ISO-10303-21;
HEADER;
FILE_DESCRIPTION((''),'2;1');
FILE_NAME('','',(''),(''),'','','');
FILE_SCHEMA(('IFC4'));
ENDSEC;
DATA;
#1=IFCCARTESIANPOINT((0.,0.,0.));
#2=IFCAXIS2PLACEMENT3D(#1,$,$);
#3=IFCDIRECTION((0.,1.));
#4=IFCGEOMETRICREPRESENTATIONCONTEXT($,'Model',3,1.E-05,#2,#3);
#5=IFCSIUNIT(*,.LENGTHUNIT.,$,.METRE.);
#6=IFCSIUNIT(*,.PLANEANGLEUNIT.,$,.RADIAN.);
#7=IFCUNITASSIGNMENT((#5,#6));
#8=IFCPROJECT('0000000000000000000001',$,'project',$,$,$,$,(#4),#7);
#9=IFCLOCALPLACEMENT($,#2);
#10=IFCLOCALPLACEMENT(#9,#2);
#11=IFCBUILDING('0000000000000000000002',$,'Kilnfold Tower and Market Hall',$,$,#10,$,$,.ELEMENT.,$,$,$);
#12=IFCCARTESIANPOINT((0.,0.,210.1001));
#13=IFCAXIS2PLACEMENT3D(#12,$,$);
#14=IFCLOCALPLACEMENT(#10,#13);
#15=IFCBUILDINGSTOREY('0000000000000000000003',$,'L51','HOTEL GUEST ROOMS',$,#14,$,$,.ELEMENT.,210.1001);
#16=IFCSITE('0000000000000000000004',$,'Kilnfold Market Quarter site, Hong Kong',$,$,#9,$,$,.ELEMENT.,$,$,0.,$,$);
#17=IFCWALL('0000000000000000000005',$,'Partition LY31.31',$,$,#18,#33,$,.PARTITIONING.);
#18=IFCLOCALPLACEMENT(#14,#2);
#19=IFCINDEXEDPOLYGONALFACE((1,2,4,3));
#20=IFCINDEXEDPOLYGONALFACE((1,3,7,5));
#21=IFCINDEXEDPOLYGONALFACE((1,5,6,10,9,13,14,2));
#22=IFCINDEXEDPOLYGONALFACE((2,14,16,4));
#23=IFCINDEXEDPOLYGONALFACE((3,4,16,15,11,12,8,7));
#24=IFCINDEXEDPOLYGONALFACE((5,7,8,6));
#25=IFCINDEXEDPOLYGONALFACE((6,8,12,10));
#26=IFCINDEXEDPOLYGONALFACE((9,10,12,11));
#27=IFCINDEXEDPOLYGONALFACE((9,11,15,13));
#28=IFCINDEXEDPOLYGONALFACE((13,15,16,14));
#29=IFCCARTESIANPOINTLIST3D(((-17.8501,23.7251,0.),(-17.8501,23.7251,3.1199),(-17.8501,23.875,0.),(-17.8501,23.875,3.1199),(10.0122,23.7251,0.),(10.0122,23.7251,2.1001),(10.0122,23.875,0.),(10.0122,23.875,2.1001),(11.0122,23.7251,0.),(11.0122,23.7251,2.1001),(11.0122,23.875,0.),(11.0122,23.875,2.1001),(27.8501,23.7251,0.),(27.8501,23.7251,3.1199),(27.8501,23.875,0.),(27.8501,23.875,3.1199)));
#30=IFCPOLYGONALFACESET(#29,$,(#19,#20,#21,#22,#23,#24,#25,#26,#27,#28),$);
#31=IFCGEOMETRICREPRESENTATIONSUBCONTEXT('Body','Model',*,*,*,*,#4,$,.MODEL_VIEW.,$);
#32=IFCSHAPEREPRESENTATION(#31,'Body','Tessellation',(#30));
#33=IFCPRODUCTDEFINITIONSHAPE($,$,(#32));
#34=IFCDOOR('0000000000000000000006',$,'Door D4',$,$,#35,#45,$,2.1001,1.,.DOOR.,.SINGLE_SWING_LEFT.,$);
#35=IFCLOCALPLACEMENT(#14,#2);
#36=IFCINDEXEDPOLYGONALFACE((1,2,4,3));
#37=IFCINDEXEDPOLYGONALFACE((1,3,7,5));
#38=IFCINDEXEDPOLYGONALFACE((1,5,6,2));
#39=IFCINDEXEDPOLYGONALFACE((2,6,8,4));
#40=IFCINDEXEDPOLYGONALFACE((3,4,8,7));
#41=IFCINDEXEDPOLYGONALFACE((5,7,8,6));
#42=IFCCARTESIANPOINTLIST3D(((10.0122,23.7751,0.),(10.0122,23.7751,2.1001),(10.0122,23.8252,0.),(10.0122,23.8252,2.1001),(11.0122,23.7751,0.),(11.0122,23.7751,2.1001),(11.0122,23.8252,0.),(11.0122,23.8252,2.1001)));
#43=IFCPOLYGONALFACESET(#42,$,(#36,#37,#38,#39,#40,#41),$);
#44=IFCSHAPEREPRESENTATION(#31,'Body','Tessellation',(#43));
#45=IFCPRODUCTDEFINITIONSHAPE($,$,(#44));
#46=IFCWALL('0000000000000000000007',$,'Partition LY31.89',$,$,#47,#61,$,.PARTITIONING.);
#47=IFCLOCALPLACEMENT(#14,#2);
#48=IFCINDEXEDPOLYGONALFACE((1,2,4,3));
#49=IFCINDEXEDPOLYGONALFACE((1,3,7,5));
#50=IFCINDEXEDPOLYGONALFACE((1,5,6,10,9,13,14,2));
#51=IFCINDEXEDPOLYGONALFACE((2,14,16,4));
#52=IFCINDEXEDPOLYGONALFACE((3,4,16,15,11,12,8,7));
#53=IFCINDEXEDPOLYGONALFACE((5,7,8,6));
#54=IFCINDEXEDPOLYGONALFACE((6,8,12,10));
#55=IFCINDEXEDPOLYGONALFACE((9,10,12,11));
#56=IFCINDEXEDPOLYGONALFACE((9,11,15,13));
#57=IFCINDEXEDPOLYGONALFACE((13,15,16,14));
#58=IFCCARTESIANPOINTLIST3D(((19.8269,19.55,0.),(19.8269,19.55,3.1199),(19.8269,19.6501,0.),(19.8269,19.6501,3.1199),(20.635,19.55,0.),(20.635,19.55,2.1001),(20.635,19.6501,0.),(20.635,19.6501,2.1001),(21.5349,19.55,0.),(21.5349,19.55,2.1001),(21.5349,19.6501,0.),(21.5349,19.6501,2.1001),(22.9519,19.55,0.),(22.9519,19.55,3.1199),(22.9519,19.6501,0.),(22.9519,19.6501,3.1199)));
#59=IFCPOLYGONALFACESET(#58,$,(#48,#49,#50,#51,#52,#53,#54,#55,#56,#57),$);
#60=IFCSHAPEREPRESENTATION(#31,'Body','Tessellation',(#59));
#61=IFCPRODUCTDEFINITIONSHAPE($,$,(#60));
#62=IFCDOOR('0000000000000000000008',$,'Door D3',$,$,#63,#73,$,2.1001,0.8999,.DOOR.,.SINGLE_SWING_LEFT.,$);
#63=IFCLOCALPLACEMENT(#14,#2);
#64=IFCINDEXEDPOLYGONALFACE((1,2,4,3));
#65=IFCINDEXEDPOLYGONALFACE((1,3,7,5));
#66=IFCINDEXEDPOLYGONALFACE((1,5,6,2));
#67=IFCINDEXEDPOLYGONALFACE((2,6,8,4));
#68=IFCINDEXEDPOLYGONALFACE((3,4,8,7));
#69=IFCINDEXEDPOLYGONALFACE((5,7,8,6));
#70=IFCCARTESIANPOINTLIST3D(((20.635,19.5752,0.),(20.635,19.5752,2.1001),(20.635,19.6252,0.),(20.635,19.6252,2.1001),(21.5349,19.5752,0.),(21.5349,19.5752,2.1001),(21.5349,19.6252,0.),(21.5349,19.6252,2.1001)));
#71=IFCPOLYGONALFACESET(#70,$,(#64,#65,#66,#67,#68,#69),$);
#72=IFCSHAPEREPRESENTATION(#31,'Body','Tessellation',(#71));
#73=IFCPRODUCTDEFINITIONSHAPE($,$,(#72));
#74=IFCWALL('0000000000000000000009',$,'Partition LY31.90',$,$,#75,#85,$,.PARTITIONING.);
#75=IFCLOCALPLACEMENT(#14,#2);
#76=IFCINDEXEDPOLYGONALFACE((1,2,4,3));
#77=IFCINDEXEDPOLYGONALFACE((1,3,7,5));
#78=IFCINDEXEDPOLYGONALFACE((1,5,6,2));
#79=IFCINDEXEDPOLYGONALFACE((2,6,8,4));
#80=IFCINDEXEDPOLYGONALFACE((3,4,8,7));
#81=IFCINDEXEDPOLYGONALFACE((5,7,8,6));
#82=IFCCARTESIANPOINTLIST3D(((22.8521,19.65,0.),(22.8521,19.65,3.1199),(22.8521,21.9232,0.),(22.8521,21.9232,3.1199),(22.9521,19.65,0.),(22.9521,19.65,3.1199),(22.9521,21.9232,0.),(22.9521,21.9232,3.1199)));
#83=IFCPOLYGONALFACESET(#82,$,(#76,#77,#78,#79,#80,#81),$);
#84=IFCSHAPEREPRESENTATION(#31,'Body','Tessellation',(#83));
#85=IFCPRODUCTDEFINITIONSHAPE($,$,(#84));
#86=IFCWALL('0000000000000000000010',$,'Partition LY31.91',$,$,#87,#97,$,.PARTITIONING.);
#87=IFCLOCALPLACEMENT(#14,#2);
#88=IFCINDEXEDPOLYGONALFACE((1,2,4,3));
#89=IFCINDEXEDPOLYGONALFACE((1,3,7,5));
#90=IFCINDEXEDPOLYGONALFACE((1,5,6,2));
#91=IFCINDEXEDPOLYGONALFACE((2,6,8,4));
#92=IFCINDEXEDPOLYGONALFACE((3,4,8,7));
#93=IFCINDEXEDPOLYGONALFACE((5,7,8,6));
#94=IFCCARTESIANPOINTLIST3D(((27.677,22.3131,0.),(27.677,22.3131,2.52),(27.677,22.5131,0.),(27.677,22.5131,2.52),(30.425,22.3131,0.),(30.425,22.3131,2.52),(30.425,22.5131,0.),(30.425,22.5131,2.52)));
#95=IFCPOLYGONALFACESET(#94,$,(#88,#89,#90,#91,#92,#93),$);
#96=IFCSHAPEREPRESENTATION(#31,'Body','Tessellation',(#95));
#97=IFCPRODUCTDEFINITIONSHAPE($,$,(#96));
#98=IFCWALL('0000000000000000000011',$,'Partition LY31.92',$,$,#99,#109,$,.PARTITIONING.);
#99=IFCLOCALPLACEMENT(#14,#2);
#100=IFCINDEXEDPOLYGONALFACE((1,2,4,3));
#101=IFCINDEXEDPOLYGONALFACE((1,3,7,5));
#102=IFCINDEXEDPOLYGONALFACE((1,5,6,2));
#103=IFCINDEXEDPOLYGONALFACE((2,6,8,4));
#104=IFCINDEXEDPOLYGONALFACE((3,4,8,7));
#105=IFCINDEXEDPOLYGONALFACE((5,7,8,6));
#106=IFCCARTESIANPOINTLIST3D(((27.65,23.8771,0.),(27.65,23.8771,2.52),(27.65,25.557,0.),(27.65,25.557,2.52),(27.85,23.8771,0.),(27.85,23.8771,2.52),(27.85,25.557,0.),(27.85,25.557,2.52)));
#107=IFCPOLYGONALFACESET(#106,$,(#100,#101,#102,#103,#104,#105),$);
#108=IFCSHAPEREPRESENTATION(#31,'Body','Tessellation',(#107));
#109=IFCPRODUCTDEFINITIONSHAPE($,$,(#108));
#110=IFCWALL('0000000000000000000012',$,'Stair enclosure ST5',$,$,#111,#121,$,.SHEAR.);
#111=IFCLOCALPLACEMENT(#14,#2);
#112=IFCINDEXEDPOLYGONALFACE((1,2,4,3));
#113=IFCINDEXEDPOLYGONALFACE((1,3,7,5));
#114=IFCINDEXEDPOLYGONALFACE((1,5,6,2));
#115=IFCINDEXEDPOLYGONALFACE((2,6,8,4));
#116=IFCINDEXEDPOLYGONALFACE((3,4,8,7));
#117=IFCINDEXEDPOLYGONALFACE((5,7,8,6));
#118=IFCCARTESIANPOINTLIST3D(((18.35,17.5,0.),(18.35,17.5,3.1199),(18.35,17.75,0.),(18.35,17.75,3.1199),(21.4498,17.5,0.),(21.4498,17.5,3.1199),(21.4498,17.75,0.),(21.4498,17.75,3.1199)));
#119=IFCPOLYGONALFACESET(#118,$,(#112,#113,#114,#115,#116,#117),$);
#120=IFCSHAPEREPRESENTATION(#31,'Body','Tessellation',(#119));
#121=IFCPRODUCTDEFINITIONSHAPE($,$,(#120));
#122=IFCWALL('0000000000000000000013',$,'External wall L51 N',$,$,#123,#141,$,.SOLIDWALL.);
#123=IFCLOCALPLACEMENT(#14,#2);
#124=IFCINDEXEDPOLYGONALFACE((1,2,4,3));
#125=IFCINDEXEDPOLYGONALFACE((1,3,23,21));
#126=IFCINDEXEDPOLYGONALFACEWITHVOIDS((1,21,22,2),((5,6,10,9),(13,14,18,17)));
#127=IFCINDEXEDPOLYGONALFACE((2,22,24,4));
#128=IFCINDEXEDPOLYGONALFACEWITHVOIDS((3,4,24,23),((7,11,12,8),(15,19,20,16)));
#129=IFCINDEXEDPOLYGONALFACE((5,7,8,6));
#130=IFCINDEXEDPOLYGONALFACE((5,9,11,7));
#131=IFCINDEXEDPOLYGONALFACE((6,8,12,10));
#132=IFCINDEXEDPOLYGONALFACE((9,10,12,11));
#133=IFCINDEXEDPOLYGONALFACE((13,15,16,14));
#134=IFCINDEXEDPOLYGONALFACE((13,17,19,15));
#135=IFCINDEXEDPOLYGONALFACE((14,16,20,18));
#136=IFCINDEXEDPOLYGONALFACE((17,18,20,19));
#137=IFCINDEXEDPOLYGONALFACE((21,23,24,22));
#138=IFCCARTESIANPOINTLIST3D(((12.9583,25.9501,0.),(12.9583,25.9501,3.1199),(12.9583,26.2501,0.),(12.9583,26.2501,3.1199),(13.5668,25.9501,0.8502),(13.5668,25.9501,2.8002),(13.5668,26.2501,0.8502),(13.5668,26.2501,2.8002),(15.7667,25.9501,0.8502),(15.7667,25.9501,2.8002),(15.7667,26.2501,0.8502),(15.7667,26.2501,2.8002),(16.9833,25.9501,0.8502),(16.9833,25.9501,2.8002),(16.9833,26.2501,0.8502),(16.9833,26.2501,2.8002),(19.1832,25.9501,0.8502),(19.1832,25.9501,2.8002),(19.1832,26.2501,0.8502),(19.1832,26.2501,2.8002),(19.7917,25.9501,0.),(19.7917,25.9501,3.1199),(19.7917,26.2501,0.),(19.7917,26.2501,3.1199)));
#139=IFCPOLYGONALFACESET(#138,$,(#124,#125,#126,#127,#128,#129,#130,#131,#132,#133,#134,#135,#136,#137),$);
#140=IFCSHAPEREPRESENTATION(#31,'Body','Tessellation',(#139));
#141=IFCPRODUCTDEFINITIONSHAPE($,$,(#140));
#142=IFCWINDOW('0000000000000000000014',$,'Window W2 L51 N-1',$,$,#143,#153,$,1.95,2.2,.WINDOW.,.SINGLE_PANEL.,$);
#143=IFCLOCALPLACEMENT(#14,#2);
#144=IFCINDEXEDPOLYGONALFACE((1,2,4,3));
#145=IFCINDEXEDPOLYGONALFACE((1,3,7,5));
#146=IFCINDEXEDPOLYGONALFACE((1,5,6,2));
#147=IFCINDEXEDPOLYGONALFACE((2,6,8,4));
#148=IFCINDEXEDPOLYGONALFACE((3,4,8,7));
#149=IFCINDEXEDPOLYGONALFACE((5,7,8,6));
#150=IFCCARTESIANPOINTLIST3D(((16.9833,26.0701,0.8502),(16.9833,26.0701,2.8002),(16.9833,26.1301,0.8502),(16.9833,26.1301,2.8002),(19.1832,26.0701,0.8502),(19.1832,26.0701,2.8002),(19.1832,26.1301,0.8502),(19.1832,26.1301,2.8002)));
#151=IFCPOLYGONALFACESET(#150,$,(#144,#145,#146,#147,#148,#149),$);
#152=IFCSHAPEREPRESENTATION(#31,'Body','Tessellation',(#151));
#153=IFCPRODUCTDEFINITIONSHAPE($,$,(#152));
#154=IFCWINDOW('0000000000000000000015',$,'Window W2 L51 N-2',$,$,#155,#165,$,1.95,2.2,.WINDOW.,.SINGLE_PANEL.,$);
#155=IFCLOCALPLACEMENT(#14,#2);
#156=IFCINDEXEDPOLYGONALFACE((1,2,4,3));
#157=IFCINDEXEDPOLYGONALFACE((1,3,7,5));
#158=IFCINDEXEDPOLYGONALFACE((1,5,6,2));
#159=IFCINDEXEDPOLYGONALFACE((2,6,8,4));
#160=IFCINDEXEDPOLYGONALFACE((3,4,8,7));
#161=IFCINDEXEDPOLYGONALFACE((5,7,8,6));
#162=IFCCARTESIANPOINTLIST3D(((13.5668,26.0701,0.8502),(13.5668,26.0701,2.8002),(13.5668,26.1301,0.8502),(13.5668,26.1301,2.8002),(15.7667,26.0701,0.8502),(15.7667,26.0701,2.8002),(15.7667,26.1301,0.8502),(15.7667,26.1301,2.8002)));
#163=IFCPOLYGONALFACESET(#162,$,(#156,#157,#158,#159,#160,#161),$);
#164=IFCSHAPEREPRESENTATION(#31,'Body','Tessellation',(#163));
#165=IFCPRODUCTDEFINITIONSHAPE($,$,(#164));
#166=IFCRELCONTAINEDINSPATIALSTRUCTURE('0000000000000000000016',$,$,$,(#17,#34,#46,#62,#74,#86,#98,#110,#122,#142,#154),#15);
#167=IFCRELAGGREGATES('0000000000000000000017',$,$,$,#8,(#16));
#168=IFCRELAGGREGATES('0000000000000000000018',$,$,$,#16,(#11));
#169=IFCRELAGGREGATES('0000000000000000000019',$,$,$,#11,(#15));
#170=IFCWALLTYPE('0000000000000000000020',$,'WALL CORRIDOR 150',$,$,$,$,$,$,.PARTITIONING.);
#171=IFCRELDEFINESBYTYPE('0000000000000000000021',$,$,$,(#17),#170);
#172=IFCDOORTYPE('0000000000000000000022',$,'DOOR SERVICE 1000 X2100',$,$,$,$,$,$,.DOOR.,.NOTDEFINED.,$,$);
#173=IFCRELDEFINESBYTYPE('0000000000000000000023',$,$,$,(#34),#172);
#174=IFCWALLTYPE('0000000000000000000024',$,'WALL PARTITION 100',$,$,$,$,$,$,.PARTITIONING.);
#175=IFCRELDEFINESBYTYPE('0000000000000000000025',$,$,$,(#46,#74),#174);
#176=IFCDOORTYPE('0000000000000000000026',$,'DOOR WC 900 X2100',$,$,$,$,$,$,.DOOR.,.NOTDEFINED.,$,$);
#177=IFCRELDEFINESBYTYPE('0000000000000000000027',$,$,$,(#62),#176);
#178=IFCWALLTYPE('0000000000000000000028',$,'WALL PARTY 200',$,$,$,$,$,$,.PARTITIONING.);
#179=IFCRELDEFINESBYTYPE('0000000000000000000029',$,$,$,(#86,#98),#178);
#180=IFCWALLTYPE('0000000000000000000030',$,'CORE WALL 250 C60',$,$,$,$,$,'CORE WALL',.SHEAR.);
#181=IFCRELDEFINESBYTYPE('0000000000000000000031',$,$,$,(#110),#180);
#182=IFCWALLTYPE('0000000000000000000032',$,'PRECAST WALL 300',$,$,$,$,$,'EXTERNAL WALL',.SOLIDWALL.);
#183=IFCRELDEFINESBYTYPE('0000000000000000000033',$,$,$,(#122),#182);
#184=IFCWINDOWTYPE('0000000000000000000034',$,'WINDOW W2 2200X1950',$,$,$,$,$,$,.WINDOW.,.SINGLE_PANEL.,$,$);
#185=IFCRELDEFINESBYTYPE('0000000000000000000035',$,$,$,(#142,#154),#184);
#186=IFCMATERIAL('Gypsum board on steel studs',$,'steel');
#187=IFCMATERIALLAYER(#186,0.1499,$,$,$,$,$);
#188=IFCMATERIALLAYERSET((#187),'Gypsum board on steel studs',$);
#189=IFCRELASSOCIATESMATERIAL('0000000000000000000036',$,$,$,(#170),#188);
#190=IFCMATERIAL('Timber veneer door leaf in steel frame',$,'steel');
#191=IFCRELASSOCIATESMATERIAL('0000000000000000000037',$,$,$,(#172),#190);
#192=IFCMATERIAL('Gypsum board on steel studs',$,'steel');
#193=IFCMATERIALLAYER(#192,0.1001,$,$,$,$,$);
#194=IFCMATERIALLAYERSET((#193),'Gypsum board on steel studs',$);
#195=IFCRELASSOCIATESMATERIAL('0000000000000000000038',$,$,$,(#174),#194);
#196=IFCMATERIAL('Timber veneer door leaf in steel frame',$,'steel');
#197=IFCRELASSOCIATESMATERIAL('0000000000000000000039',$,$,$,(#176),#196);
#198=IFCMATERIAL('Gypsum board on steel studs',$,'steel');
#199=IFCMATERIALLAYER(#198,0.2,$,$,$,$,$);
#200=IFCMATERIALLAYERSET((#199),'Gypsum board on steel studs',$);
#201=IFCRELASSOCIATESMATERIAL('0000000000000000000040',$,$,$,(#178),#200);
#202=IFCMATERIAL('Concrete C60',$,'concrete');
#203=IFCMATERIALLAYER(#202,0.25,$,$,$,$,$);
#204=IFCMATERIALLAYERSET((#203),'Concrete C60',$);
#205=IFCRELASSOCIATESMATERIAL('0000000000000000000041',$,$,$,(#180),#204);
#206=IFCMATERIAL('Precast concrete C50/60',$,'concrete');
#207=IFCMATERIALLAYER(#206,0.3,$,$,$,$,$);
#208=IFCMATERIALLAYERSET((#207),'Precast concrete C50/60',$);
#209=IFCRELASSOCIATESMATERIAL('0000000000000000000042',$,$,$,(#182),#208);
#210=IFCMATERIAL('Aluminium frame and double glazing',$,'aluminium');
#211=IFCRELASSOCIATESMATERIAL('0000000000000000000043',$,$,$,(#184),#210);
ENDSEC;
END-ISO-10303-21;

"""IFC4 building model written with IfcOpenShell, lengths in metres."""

from ifc_helpers import new_model, si_unit, direction, frame, frame_2d, origin, place, context, subcontext, project, spatial, rectangle, extrude, source, transform, mapped, material, layer, layer_set, type_object, element, fill, save


model = new_model("IFC4")

# Units and contexts
model_context = context("Model", 3, precision=1e-05, world=origin(), true_north=direction((0.0, 1.0)))
body_context = subcontext(model_context, "Body", "Model", "MODEL_VIEW")
ifc_project = project(units=[si_unit("LENGTHUNIT", "METRE"), si_unit("PLANEANGLEUNIT", "RADIAN")], contexts=[model_context])

# Site, building, storey
site_placement = place(None, origin())
site = spatial("IfcSite", under=ifc_project, at=site_placement, Name="Kilnfold Market Quarter site, Hong Kong", CompositionType="ELEMENT", RefElevation=0.0)
building_placement = place(site_placement, origin())
building = spatial("IfcBuilding", under=site, at=building_placement, Name="Kilnfold Tower and Market Hall", CompositionType="ELEMENT")
storey_placement = place(building_placement, frame((0.0, 0.0, 210.1001)))
storey = spatial("IfcBuildingStorey", under=building, at=storey_placement, Name="L51", Description="HOTEL GUEST ROOMS", CompositionType="ELEMENT", Elevation=210.1001)

# Shared definitions
ifc_material_1 = material(Name="Gypsum board on steel studs", Category="steel")
ifc_layer_1 = layer(ifc_material_1, 0.1499)
ifc_layer_set_1 = layer_set([ifc_layer_1], Name="Gypsum board on steel studs")
wall_type_1 = type_object("IfcWallType", Name="WALL CORRIDOR 150", PredefinedType="PARTITIONING", material=ifc_layer_set_1)

# Walls, openings, doors
wall_1_placement = place(storey_placement, frame((27.8501, 23.8, 0.0), z_axis=(0.0, 0.0, 1.0), x_axis=(-1.0, 0.0, 0.0)))
wall_1 = element("IfcWall", 1, at=wall_1_placement, inside=storey, type_object=wall_type_1, Name="Partition LY31.31", PredefinedType="PARTITIONING", context=body_context, shape_type="SweptSolid", body=[
    extrude(rectangle(XDim=45.7002, YDim=0.1499, at=frame_2d((22.8501, 0.0))), origin(), (0.0, 0.0, 1.0), 3.1199),
])
opening_1_placement = place(wall_1_placement, frame((16.8379, 0.0, 0.0)))
opening_1 = element("IfcOpeningElement", 2, at=opening_1_placement, cuts=wall_1, PredefinedType="OPENING", context=body_context, shape_type="SweptSolid", body=[
    extrude(rectangle(XDim=1.0, YDim=2.1001, at=frame_2d((0.5, 1.05))), frame((0.0, 0.085, 0.0), z_axis=(0.0, -1.0, 0.0), x_axis=(1.0, 0.0, 0.0)), (0.0, 0.0, 1.0), 0.1699),
])
ifc_material_2 = material(Name="Timber veneer door leaf in steel frame", Category="steel")
door_type_1 = type_object("IfcDoorType", Name="DOOR SERVICE 1000 X2100", OperationType="NOTDEFINED", PredefinedType="DOOR", material=ifc_material_2)
door_1_placement = place(opening_1_placement, origin())
door_1 = element("IfcDoor", 3, at=door_1_placement, inside=storey, type_object=door_type_1, Name="Door D4", OperationType="SINGLE_SWING_LEFT", OverallHeight=2.1001, OverallWidth=1.0, PredefinedType="DOOR", context=body_context, shape_type="SweptSolid", body=[
    extrude(rectangle(XDim=1.0, YDim=2.1001, at=frame_2d((0.5, 1.05))), frame((0.0, 0.0249, 0.0), z_axis=(0.0, -1.0, 0.0), x_axis=(1.0, 0.0, 0.0)), (0.0, 0.0, 1.0), 0.05),
])
fill(opening_1, door_1)
ifc_material_3 = material(Name="Gypsum board on steel studs", Category="steel")
ifc_layer_2 = layer(ifc_material_3, 0.1001)
ifc_layer_set_2 = layer_set([ifc_layer_2], Name="Gypsum board on steel studs")
wall_type_2 = type_object("IfcWallType", Name="WALL PARTITION 100", PredefinedType="PARTITIONING", material=ifc_layer_set_2)
wall_2_placement = place(storey_placement, frame((22.9519, 19.6001, 0.0), z_axis=(0.0, 0.0, 1.0), x_axis=(-1.0, 0.0, 0.0)))
wall_2 = element("IfcWall", 4, at=wall_2_placement, inside=storey, type_object=wall_type_2, Name="Partition LY31.89", PredefinedType="PARTITIONING", context=body_context, shape_type="SweptSolid", body=[
    extrude(rectangle(XDim=3.125, YDim=0.1001, at=frame_2d((1.5625, 0.0))), origin(), (0.0, 0.0, 1.0), 3.1199),
])
opening_2_placement = place(wall_2_placement, frame((1.417, 0.0, 0.0)))
opening_2 = element("IfcOpeningElement", 5, at=opening_2_placement, cuts=wall_2, PredefinedType="OPENING", context=body_context, shape_type="SweptSolid", body=[
    extrude(rectangle(XDim=0.8999, YDim=2.1001, at=frame_2d((0.45, 1.05))), frame((0.0, 0.0601, 0.0), z_axis=(0.0, -1.0, 0.0), x_axis=(1.0, 0.0, 0.0)), (0.0, 0.0, 1.0), 0.1201),
])
ifc_material_4 = material(Name="Timber veneer door leaf in steel frame", Category="steel")
door_type_2 = type_object("IfcDoorType", Name="DOOR WC 900 X2100", OperationType="NOTDEFINED", PredefinedType="DOOR", material=ifc_material_4)
door_2_placement = place(opening_2_placement, origin())
door_2 = element("IfcDoor", 6, at=door_2_placement, inside=storey, type_object=door_type_2, Name="Door D3", OperationType="SINGLE_SWING_LEFT", OverallHeight=2.1001, OverallWidth=0.8999, PredefinedType="DOOR", context=body_context, shape_type="SweptSolid", body=[
    extrude(rectangle(XDim=0.8999, YDim=2.1001, at=frame_2d((0.45, 1.05))), frame((0.0, 0.0249, 0.0), z_axis=(0.0, -1.0, 0.0), x_axis=(1.0, 0.0, 0.0)), (0.0, 0.0, 1.0), 0.05),
])
fill(opening_2, door_2)

# Walls
wall_3_placement = place(storey_placement, frame((22.9021, 19.6499, 0.0), z_axis=(0.0, 0.0, 1.0), x_axis=(0.0, 1.0, 0.0)))
element("IfcWall", 7, at=wall_3_placement, inside=storey, type_object=wall_type_2, Name="Partition LY31.90", PredefinedType="PARTITIONING", context=body_context, shape_type="SweptSolid", body=[
    extrude(rectangle(XDim=2.2732, YDim=0.1001, at=frame_2d((1.1367, 0.0))), origin(), (0.0, 0.0, 1.0), 3.1199),
])
ifc_material_5 = material(Name="Gypsum board on steel studs", Category="steel")
ifc_layer_3 = layer(ifc_material_5, 0.2)
ifc_layer_set_3 = layer_set([ifc_layer_3], Name="Gypsum board on steel studs")
wall_type_3 = type_object("IfcWallType", Name="WALL PARTY 200", PredefinedType="PARTITIONING", material=ifc_layer_set_3)
wall_4_placement = place(storey_placement, frame((30.425, 22.4131, 0.0), z_axis=(0.0, 0.0, 1.0), x_axis=(-1.0, 0.0, 0.0)))
element("IfcWall", 8, at=wall_4_placement, inside=storey, type_object=wall_type_3, Name="Partition LY31.91", PredefinedType="PARTITIONING", context=body_context, shape_type="SweptSolid", body=[
    extrude(rectangle(XDim=2.748, YDim=0.2, at=frame_2d((1.374, 0.0))), origin(), (0.0, 0.0, 1.0), 2.52),
])
wall_5_placement = place(storey_placement, frame((27.75, 25.5569, 0.0), z_axis=(0.0, 0.0, 1.0), x_axis=(0.0, -1.0, 0.0)))
element("IfcWall", 9, at=wall_5_placement, inside=storey, type_object=wall_type_3, Name="Partition LY31.92", PredefinedType="PARTITIONING", context=body_context, shape_type="SweptSolid", body=[
    extrude(rectangle(XDim=1.6799, YDim=0.2, at=frame_2d((0.8398, 0.0))), origin(), (0.0, 0.0, 1.0), 2.52),
])
ifc_material_6 = material(Name="Concrete C60", Category="concrete")
ifc_layer_4 = layer(ifc_material_6, 0.25)
ifc_layer_set_4 = layer_set([ifc_layer_4], Name="Concrete C60")
wall_type_4 = type_object("IfcWallType", Name="CORE WALL 250 C60", ElementType="CORE WALL", PredefinedType="SHEAR", material=ifc_layer_set_4)
shared_shape_1 = source(origin(), body_context, "Body", "SweptSolid", [
    extrude(rectangle(XDim=3.0999, YDim=0.25, at=frame_2d((1.5498, 0.0))), origin(), (0.0, 0.0, 1.0), 3.1199),
])
wall_6_placement = place(storey_placement, frame((18.3501, 17.625, 0.0), z_axis=(0.0, 0.0, 1.0), x_axis=(1.0, 0.0, 0.0)))
element("IfcWall", 10, at=wall_6_placement, inside=storey, type_object=wall_type_4, Name="Stair enclosure ST5", PredefinedType="SHEAR", context=body_context, shape_type="MappedRepresentation", body=[
    mapped(shared_shape_1, transform((0.0, 0.0, 0.0))),
])

# Wall, openings, windows
ifc_material_7 = material(Name="Precast concrete C50/60", Category="concrete")
ifc_layer_5 = layer(ifc_material_7, 0.3)
ifc_layer_set_5 = layer_set([ifc_layer_5], Name="Precast concrete C50/60")
wall_type_5 = type_object("IfcWallType", Name="PRECAST WALL 300", ElementType="EXTERNAL WALL", PredefinedType="SOLIDWALL", material=ifc_layer_set_5)
shared_shape_2 = source(origin(), body_context, "Body", "SweptSolid", [
    extrude(rectangle(XDim=6.8335, YDim=0.3, at=frame_2d((3.4167, 0.0))), origin(), (0.0, 0.0, 1.0), 3.1199),
])
wall_7_placement = place(storey_placement, frame((19.7917, 26.1001, 0.0), z_axis=(0.0, 0.0, 1.0), x_axis=(-1.0, 0.0, 0.0)))
wall_7 = element("IfcWall", 11, at=wall_7_placement, inside=storey, type_object=wall_type_5, Name="External wall L51 N", PredefinedType="SOLIDWALL", context=body_context, shape_type="MappedRepresentation", body=[
    mapped(shared_shape_2, transform((0.0, 0.0, 0.0))),
])
opening_3_placement = place(wall_7_placement, frame((0.6084, 0.0, 0.8501)))
opening_3 = element("IfcOpeningElement", 12, at=opening_3_placement, cuts=wall_7, PredefinedType="OPENING", context=body_context, shape_type="SweptSolid", body=[
    extrude(rectangle(XDim=2.2, YDim=1.95, at=frame_2d((1.1001, 0.9751))), frame((0.0, 0.1602, 0.0), z_axis=(0.0, -1.0, 0.0), x_axis=(1.0, 0.0, 0.0)), (0.0, 0.0, 1.0), 0.3201),
])
opening_4_placement = place(wall_7_placement, frame((4.0249, 0.0, 0.8501)))
opening_4 = element("IfcOpeningElement", 13, at=opening_4_placement, cuts=wall_7, PredefinedType="OPENING", context=body_context, shape_type="SweptSolid", body=[
    extrude(rectangle(XDim=2.2, YDim=1.95, at=frame_2d((1.1001, 0.9751))), frame((0.0, 0.1602, 0.0), z_axis=(0.0, -1.0, 0.0), x_axis=(1.0, 0.0, 0.0)), (0.0, 0.0, 1.0), 0.3201),
])
ifc_material_8 = material(Name="Aluminium frame and double glazing", Category="aluminium")
window_type = type_object("IfcWindowType", Name="WINDOW W2 2200X1950", PartitioningType="SINGLE_PANEL", PredefinedType="WINDOW", material=ifc_material_8)
window_1_placement = place(opening_3_placement, origin())
window_1 = element("IfcWindow", 14, at=window_1_placement, inside=storey, type_object=window_type, Name="Window W2 L51 N-1", OverallHeight=1.95, OverallWidth=2.2, PartitioningType="SINGLE_PANEL", PredefinedType="WINDOW", context=body_context, shape_type="SweptSolid", body=[
    extrude(rectangle(XDim=2.2, YDim=1.95, at=frame_2d((1.1001, 0.9751))), frame((0.0, 0.03, 0.0), z_axis=(0.0, -1.0, 0.0), x_axis=(1.0, 0.0, 0.0)), (0.0, 0.0, 1.0), 0.0601),
])
fill(opening_3, window_1)
window_2_placement = place(opening_4_placement, origin())
window_2 = element("IfcWindow", 15, at=window_2_placement, inside=storey, type_object=window_type, Name="Window W2 L51 N-2", OverallHeight=1.95, OverallWidth=2.2, PartitioningType="SINGLE_PANEL", PredefinedType="WINDOW", context=body_context, shape_type="SweptSolid", body=[
    extrude(rectangle(XDim=2.2, YDim=1.95, at=frame_2d((1.1001, 0.9751))), frame((0.0, 0.03, 0.0), z_axis=(0.0, -1.0, 0.0), x_axis=(1.0, 0.0, 0.0)), (0.0, 0.0, 1.0), 0.0601),
])
fill(opening_4, window_2)

save(model, "model.ifc")
